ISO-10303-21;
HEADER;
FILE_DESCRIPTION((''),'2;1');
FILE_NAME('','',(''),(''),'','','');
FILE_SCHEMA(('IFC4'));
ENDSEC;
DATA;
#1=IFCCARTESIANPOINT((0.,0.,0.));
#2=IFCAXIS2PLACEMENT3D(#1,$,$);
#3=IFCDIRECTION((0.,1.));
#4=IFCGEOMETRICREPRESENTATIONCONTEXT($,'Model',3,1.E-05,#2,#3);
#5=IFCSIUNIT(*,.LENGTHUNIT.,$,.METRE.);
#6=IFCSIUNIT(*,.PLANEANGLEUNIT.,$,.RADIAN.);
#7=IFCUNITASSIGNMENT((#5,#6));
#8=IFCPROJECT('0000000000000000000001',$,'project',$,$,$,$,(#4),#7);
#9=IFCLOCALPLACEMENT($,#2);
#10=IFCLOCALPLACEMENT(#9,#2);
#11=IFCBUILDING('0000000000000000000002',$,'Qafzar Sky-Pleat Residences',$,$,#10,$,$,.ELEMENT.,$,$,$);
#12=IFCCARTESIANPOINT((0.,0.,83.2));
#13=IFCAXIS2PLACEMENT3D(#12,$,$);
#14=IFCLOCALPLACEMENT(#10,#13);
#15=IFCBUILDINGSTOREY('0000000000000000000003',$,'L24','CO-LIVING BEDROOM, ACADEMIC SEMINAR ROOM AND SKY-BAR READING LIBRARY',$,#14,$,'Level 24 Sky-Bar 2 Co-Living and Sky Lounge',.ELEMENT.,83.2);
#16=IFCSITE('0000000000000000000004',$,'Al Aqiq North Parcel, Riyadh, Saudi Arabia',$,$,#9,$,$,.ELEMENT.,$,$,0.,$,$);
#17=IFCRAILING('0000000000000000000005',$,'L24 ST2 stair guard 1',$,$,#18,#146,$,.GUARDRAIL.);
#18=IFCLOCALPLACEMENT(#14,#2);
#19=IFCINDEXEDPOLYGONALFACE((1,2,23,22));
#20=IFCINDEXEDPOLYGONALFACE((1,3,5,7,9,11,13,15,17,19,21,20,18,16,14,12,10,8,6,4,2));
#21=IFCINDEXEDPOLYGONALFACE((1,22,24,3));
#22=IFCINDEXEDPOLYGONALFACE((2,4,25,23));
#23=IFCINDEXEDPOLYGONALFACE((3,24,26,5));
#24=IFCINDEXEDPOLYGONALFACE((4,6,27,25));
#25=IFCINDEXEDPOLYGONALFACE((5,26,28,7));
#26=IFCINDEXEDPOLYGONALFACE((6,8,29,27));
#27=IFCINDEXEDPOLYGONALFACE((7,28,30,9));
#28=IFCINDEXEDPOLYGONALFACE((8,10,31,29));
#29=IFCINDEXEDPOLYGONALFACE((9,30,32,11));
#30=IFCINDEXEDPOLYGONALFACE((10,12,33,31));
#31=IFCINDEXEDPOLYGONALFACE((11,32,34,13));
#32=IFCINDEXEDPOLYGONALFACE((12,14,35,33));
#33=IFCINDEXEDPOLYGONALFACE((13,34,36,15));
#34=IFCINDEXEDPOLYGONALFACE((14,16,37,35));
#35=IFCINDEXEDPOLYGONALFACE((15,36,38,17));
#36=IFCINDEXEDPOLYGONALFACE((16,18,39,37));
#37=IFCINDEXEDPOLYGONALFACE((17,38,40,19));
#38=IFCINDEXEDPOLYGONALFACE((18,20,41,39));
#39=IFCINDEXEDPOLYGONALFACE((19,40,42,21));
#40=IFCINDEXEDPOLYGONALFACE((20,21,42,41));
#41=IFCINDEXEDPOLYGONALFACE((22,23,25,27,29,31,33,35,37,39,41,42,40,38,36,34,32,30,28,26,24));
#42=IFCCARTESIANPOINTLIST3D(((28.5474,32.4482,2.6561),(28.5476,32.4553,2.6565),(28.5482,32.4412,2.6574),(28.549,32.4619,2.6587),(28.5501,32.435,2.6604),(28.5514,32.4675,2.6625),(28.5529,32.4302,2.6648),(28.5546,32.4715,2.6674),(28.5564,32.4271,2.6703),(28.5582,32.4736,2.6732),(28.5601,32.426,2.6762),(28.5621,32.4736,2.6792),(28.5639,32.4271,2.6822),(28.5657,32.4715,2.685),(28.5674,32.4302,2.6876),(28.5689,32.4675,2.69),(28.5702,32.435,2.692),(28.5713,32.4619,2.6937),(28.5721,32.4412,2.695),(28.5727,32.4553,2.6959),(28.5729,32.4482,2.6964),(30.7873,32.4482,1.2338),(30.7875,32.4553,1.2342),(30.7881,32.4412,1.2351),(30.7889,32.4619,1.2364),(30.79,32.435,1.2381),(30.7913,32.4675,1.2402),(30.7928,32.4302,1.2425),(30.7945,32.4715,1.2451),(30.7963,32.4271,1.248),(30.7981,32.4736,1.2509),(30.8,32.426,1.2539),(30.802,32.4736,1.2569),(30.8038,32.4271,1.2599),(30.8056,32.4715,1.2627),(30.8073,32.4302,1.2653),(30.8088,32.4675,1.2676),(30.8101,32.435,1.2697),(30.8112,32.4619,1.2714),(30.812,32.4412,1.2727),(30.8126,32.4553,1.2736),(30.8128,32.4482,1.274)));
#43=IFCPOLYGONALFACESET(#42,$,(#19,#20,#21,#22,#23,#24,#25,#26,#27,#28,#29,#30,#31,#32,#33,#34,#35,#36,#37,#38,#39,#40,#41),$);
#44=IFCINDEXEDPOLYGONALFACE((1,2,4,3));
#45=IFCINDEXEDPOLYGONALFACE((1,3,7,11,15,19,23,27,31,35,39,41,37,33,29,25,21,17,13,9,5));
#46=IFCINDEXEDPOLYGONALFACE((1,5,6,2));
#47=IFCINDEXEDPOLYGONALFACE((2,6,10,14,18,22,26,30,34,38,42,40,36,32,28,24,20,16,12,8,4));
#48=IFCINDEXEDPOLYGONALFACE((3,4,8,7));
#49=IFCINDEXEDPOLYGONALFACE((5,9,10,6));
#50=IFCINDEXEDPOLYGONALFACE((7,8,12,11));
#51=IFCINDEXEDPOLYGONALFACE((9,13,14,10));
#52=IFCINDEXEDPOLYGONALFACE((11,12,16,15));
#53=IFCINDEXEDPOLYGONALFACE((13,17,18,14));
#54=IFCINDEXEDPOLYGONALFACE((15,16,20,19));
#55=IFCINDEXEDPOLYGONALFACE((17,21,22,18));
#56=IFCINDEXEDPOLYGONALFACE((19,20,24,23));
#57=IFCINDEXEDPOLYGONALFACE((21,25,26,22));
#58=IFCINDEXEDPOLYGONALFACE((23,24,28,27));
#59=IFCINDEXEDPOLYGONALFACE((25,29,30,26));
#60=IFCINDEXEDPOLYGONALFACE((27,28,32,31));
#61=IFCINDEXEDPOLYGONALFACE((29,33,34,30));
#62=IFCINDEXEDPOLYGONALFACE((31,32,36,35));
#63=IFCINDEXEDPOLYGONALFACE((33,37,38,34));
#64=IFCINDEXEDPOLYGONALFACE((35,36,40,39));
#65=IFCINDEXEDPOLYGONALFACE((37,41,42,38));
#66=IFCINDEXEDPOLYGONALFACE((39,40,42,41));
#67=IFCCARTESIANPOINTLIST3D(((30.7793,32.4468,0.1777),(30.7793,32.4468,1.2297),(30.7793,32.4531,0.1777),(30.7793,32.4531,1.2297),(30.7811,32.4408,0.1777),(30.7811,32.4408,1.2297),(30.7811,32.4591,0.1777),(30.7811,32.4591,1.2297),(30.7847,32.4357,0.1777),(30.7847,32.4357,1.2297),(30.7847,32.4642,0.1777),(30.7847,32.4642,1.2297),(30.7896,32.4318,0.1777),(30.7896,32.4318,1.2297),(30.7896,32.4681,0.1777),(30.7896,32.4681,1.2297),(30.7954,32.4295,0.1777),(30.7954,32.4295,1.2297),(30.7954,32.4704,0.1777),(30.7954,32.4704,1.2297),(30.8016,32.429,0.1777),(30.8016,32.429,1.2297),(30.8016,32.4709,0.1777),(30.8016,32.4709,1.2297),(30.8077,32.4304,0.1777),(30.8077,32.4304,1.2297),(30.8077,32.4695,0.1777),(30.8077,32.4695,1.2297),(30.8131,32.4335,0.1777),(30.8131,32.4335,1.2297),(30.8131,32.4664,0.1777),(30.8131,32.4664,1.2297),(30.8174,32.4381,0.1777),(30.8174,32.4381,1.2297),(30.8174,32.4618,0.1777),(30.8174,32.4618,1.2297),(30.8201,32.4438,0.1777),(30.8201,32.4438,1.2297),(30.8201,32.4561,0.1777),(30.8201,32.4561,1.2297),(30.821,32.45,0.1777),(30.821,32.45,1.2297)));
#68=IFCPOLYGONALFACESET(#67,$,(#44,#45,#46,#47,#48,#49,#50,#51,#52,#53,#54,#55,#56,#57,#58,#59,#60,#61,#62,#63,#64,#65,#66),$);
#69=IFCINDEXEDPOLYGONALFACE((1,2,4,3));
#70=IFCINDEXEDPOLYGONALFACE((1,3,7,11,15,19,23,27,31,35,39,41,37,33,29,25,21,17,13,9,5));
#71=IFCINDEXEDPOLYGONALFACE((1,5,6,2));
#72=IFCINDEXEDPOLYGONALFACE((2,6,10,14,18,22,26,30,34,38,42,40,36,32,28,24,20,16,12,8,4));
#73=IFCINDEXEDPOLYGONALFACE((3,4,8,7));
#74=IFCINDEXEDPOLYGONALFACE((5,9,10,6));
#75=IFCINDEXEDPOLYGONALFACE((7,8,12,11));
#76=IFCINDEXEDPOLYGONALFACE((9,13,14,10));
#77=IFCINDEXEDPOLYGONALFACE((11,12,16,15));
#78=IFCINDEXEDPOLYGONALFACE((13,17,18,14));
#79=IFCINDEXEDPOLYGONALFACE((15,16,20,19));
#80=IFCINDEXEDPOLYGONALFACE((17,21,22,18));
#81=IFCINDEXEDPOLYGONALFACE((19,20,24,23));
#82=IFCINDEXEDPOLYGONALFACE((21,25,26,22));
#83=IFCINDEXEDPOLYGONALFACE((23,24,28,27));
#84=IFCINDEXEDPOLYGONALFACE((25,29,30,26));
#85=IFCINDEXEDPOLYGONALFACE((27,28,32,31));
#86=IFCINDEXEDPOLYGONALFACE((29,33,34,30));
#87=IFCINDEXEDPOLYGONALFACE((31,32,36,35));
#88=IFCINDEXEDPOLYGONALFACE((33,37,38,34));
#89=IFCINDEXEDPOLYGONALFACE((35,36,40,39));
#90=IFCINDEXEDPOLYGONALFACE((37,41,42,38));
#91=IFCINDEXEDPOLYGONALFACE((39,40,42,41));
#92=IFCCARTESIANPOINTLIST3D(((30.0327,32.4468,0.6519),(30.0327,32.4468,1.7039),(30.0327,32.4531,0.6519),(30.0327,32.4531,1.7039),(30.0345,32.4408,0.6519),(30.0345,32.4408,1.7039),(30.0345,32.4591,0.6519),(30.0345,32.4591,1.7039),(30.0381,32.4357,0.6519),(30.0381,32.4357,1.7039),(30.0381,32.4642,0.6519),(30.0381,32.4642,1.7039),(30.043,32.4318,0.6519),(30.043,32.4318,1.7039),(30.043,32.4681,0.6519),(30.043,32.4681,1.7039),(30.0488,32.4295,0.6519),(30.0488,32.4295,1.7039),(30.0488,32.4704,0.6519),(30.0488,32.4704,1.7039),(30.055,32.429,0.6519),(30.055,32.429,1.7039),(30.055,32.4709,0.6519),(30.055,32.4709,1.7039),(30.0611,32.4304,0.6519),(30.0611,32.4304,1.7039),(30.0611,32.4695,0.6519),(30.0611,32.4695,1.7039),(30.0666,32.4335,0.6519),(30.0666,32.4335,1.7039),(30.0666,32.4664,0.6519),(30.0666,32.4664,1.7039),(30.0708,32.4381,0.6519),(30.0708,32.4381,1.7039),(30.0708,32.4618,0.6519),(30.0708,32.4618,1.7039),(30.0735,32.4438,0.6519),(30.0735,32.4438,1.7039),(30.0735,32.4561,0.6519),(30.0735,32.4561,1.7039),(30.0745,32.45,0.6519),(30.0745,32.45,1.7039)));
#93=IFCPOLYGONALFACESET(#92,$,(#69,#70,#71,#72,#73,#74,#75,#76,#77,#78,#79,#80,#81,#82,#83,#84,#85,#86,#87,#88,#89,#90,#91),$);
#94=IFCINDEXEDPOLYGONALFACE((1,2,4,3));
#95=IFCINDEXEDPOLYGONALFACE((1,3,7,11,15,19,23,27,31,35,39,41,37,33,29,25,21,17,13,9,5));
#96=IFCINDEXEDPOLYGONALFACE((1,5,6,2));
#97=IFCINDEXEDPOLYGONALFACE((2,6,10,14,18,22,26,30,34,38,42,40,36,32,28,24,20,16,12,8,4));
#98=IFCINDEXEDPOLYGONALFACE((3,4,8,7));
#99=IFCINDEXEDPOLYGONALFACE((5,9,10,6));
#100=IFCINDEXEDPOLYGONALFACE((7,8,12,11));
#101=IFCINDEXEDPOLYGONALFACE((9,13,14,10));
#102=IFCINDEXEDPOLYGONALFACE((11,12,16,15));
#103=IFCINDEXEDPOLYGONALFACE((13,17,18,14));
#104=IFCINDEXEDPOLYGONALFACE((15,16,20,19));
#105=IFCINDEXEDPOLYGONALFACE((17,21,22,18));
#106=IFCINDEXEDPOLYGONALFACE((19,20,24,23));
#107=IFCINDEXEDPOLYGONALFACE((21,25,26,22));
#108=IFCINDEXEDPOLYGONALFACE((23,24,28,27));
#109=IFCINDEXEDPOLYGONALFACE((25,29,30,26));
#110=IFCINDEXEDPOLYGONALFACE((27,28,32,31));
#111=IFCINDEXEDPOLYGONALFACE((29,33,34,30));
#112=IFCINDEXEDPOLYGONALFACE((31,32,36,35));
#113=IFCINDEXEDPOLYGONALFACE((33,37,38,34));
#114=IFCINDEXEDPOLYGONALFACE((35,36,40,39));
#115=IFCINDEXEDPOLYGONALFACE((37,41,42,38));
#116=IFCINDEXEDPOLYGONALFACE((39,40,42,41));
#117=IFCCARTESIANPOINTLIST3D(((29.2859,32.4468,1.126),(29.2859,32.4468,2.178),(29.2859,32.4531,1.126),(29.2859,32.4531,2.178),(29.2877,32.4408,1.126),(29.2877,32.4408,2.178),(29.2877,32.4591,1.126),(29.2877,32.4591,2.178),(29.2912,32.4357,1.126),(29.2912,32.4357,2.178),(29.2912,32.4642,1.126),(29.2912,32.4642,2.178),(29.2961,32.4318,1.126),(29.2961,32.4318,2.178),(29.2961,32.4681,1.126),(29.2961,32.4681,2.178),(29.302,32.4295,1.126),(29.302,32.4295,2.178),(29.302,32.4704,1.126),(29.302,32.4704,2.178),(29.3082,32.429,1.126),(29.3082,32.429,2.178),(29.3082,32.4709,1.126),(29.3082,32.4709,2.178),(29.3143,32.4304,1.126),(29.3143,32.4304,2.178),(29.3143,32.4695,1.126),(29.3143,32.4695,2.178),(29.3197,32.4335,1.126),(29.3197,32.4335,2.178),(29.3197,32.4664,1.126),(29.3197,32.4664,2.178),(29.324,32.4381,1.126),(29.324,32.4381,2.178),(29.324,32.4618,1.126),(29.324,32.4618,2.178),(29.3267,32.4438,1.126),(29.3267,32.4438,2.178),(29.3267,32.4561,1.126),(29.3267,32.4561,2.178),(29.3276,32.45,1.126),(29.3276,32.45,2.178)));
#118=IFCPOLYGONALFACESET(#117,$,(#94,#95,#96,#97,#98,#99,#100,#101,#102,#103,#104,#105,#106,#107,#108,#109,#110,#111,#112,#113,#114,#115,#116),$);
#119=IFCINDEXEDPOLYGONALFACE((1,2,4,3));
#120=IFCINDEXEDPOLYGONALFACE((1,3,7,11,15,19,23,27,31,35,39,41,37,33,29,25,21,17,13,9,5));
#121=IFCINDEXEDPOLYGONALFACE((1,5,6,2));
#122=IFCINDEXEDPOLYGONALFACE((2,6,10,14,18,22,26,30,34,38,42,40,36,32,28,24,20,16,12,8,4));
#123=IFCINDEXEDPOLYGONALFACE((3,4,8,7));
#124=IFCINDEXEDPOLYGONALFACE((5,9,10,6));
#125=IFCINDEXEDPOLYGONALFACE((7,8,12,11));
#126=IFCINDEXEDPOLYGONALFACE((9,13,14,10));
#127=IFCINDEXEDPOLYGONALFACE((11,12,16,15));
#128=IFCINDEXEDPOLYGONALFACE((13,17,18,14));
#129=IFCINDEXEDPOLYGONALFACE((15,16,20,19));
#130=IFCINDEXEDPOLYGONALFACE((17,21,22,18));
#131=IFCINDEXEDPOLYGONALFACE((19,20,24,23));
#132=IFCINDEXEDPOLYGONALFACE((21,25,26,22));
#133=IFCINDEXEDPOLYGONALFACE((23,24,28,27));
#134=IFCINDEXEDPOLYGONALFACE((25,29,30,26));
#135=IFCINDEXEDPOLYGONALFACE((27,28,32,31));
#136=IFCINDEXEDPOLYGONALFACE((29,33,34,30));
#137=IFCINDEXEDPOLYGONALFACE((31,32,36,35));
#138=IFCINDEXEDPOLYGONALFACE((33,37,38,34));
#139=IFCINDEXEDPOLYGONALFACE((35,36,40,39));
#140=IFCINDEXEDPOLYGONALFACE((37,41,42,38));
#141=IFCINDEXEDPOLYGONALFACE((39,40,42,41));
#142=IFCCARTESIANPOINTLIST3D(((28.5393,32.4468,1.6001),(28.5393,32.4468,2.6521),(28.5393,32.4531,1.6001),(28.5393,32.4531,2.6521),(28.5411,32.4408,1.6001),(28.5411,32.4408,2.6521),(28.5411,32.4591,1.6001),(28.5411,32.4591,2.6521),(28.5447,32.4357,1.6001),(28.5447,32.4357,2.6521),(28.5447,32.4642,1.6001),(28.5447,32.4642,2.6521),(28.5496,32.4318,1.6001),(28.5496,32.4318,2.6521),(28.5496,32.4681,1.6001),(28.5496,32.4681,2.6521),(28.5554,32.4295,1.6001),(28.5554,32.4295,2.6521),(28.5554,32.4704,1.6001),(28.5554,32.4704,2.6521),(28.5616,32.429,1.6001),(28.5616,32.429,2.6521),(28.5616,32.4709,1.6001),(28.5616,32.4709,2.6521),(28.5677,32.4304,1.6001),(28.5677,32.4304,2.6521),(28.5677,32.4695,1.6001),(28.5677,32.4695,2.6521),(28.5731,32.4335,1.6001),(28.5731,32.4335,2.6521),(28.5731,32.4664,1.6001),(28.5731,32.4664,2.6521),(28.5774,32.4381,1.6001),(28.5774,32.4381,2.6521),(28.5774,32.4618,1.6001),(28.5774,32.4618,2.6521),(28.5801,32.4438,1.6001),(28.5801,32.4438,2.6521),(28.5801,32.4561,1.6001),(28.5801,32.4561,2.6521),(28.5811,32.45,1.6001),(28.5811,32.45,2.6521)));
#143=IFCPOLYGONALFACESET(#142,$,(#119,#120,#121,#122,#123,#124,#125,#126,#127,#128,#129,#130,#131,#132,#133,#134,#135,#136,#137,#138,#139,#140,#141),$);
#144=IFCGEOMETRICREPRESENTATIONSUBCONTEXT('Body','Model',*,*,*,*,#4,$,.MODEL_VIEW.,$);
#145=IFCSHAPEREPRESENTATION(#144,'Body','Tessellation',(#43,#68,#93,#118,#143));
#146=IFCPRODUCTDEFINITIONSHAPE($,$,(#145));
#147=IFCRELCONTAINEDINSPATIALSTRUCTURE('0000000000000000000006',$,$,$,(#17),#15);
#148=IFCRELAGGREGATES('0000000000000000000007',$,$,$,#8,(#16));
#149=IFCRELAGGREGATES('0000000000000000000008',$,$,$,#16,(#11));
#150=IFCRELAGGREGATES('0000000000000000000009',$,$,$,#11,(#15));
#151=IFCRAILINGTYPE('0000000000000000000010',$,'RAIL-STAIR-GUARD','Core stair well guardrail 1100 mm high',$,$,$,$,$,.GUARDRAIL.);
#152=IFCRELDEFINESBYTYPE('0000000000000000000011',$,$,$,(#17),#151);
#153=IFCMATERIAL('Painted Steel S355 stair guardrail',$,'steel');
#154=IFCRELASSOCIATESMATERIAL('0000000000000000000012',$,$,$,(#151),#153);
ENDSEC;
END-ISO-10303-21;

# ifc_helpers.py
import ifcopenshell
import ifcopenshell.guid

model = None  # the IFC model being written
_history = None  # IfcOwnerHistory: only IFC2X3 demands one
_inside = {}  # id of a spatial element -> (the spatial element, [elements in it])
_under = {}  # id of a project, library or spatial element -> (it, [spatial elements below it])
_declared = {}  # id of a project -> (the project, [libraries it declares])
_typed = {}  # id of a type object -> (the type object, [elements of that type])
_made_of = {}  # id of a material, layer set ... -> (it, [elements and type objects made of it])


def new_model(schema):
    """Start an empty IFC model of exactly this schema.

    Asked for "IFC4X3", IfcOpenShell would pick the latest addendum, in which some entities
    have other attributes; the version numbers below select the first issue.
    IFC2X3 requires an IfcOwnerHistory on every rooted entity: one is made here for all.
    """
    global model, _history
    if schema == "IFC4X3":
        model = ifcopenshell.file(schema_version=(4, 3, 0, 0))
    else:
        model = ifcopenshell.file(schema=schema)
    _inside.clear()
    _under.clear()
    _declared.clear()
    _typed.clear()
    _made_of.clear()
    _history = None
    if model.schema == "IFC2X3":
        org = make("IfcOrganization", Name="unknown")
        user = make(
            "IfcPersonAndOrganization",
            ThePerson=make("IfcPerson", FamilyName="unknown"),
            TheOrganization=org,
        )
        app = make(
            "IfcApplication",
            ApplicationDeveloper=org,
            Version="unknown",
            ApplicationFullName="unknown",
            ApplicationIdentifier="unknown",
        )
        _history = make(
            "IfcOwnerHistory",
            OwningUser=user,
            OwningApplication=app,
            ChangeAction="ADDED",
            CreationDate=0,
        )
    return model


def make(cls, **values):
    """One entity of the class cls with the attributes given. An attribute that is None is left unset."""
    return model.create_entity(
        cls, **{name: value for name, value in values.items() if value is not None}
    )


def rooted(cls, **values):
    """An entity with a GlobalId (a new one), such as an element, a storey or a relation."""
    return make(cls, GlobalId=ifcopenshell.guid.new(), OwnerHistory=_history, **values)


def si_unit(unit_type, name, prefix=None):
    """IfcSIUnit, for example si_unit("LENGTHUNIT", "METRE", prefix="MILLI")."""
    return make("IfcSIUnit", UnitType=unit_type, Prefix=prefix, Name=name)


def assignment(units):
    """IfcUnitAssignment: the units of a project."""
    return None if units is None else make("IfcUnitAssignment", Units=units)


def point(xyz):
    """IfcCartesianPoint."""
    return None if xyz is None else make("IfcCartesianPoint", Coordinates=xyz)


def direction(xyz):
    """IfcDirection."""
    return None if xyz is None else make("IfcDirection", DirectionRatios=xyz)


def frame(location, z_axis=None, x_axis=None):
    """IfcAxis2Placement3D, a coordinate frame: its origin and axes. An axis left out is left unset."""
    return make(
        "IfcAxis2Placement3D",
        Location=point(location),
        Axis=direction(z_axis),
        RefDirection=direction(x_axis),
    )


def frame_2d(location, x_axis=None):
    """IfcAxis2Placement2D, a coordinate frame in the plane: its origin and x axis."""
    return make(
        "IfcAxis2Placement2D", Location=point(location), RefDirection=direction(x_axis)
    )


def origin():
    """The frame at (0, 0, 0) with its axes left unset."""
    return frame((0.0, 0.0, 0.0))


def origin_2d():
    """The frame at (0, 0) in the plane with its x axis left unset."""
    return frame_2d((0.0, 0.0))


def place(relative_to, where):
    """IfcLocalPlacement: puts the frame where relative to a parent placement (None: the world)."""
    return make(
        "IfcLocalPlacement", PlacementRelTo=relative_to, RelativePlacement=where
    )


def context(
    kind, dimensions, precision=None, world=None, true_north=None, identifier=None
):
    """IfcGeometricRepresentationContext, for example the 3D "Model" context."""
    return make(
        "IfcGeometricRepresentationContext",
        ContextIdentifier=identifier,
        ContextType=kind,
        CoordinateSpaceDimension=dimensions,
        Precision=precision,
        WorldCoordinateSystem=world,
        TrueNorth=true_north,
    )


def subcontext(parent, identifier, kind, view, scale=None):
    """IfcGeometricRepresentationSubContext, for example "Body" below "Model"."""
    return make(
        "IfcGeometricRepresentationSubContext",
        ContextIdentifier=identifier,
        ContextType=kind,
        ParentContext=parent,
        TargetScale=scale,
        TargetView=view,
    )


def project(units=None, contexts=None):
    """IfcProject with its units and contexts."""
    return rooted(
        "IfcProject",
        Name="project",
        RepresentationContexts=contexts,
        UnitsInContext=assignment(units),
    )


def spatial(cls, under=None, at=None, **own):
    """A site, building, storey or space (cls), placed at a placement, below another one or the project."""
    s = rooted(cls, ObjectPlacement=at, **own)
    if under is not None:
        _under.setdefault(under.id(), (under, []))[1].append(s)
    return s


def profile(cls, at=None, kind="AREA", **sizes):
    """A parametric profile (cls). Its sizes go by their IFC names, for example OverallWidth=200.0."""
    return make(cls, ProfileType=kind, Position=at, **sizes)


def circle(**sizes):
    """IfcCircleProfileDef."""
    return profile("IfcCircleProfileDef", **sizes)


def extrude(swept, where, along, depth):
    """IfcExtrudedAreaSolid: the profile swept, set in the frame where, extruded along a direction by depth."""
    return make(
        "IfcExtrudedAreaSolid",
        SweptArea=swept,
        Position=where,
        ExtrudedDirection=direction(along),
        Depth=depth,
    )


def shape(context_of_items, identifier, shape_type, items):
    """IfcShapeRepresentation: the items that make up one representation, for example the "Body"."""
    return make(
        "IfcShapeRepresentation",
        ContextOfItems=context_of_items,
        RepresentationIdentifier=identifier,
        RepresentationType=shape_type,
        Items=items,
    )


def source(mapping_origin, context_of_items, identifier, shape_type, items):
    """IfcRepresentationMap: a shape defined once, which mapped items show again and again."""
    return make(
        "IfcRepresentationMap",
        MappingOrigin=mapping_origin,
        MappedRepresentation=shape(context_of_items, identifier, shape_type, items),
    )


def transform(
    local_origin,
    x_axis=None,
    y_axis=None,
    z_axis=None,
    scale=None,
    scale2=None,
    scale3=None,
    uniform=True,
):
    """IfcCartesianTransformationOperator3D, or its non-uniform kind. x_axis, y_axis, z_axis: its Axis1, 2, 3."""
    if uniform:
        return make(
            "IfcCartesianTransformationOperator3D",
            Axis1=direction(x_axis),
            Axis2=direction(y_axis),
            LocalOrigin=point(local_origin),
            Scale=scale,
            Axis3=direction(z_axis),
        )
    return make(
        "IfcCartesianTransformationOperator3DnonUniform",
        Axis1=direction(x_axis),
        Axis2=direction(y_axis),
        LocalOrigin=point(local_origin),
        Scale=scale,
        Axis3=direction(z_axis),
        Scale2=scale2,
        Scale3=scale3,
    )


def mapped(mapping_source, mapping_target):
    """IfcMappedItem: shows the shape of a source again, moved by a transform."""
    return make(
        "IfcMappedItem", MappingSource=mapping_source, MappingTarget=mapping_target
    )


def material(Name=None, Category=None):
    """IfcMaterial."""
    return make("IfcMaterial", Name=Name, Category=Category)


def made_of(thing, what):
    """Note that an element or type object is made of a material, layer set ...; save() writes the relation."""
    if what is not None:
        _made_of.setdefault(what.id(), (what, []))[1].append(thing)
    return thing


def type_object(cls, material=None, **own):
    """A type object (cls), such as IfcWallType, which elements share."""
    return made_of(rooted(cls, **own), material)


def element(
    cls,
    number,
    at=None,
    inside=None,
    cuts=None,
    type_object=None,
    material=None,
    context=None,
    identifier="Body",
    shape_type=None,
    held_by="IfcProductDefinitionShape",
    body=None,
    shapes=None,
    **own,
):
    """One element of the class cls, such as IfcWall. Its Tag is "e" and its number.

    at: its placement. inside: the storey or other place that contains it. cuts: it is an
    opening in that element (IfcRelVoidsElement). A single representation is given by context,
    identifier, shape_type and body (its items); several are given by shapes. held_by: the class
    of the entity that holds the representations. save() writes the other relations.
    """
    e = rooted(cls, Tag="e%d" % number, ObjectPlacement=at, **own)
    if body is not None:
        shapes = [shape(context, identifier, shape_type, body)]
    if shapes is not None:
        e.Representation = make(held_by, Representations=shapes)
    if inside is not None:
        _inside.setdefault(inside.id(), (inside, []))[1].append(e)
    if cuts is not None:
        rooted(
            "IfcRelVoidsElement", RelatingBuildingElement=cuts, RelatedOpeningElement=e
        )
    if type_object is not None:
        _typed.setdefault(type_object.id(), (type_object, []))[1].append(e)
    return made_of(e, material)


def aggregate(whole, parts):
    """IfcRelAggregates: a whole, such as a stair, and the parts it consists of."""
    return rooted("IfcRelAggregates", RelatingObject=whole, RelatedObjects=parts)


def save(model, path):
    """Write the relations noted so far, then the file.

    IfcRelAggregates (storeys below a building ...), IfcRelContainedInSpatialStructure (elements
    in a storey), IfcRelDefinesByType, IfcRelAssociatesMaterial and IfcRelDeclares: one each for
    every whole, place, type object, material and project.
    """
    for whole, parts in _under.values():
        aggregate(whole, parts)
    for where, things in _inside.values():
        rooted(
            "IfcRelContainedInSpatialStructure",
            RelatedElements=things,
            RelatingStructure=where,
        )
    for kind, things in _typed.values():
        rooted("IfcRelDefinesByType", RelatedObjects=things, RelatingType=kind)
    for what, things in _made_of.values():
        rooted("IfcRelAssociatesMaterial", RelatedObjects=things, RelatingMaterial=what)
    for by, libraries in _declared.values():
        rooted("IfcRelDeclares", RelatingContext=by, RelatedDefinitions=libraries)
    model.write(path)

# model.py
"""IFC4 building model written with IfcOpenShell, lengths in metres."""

from ifc_helpers import new_model, si_unit, direction, frame, origin, origin_2d, place, context, subcontext, project, spatial, circle, extrude, source, transform, mapped, material, type_object, element, save


model = new_model("IFC4")

# Units and contexts
model_context = context("Model", 3, precision=1e-05, world=origin(), true_north=direction((0.0, 1.0)))
body_context = subcontext(model_context, "Body", "Model", "MODEL_VIEW")
ifc_project = project(units=[si_unit("LENGTHUNIT", "METRE"), si_unit("PLANEANGLEUNIT", "RADIAN")], contexts=[model_context])

# Site, building, storey
site_placement = place(None, origin())
site = spatial("IfcSite", under=ifc_project, at=site_placement, Name="Al Aqiq North Parcel, Riyadh, Saudi Arabia", CompositionType="ELEMENT", RefElevation=0.0)
building_placement = place(site_placement, origin())
building = spatial("IfcBuilding", under=site, at=building_placement, Name="Qafzar Sky-Pleat Residences", CompositionType="ELEMENT")
storey_placement = place(building_placement, frame((0.0, 0.0, 83.2)))
storey = spatial("IfcBuildingStorey", under=building, at=storey_placement, Name="L24", Description="CO-LIVING BEDROOM, ACADEMIC SEMINAR ROOM AND SKY-BAR READING LIBRARY", LongName="Level 24 Sky-Bar 2 Co-Living and Sky Lounge", CompositionType="ELEMENT", Elevation=83.2)

# Railing
ifc_material_1 = material(Name="Painted Steel S355 stair guardrail", Category="steel")
railing_type_1 = type_object("IfcRailingType", Name="RAIL-STAIR-GUARD", Description="Core stair well guardrail 1100 mm high", PredefinedType="GUARDRAIL", material=ifc_material_1)
shared_shape_1 = source(origin(), body_context, "Body", "SweptSolid", [
    extrude(circle(Radius=0.0239, at=origin_2d()), frame((0.0, 0.0, 1.0762), z_axis=(-0.844188, 0.0, 0.536048), x_axis=(0.0, -1.0, 0.0)), (0.0, 0.0, 1.0), 2.6533),
    extrude(circle(Radius=0.021, at=origin_2d()), origin(), (0.0, 0.0, 1.0), 1.052),
    extrude(circle(Radius=0.021, at=origin_2d()), frame((-0.7466, 0.0, 0.4741)), (0.0, 0.0, 1.0), 1.052),
    extrude(circle(Radius=0.021, at=origin_2d()), frame((-1.4934, 0.0, 0.9482)), (0.0, 0.0, 1.0), 1.052),
    extrude(circle(Radius=0.021, at=origin_2d()), frame((-2.24, 0.0, 1.4224)), (0.0, 0.0, 1.0), 1.052),
])
railing_1_placement = place(storey_placement, frame((30.8, 32.45, 0.1777)))
element("IfcRailing", 1, at=railing_1_placement, inside=storey, type_object=railing_type_1, Name="L24 ST2 stair guard 1", PredefinedType="GUARDRAIL", context=body_context, shape_type="MappedRepresentation", body=[
    mapped(shared_shape_1, transform((0.0, 0.0, 0.0), x_axis=(1.0, 0.0, 0.0), y_axis=(0.0, 1.0, 0.0), z_axis=(0.0, 0.0, 1.0), scale=1.0)),
])

save(model, "model.ifc")
